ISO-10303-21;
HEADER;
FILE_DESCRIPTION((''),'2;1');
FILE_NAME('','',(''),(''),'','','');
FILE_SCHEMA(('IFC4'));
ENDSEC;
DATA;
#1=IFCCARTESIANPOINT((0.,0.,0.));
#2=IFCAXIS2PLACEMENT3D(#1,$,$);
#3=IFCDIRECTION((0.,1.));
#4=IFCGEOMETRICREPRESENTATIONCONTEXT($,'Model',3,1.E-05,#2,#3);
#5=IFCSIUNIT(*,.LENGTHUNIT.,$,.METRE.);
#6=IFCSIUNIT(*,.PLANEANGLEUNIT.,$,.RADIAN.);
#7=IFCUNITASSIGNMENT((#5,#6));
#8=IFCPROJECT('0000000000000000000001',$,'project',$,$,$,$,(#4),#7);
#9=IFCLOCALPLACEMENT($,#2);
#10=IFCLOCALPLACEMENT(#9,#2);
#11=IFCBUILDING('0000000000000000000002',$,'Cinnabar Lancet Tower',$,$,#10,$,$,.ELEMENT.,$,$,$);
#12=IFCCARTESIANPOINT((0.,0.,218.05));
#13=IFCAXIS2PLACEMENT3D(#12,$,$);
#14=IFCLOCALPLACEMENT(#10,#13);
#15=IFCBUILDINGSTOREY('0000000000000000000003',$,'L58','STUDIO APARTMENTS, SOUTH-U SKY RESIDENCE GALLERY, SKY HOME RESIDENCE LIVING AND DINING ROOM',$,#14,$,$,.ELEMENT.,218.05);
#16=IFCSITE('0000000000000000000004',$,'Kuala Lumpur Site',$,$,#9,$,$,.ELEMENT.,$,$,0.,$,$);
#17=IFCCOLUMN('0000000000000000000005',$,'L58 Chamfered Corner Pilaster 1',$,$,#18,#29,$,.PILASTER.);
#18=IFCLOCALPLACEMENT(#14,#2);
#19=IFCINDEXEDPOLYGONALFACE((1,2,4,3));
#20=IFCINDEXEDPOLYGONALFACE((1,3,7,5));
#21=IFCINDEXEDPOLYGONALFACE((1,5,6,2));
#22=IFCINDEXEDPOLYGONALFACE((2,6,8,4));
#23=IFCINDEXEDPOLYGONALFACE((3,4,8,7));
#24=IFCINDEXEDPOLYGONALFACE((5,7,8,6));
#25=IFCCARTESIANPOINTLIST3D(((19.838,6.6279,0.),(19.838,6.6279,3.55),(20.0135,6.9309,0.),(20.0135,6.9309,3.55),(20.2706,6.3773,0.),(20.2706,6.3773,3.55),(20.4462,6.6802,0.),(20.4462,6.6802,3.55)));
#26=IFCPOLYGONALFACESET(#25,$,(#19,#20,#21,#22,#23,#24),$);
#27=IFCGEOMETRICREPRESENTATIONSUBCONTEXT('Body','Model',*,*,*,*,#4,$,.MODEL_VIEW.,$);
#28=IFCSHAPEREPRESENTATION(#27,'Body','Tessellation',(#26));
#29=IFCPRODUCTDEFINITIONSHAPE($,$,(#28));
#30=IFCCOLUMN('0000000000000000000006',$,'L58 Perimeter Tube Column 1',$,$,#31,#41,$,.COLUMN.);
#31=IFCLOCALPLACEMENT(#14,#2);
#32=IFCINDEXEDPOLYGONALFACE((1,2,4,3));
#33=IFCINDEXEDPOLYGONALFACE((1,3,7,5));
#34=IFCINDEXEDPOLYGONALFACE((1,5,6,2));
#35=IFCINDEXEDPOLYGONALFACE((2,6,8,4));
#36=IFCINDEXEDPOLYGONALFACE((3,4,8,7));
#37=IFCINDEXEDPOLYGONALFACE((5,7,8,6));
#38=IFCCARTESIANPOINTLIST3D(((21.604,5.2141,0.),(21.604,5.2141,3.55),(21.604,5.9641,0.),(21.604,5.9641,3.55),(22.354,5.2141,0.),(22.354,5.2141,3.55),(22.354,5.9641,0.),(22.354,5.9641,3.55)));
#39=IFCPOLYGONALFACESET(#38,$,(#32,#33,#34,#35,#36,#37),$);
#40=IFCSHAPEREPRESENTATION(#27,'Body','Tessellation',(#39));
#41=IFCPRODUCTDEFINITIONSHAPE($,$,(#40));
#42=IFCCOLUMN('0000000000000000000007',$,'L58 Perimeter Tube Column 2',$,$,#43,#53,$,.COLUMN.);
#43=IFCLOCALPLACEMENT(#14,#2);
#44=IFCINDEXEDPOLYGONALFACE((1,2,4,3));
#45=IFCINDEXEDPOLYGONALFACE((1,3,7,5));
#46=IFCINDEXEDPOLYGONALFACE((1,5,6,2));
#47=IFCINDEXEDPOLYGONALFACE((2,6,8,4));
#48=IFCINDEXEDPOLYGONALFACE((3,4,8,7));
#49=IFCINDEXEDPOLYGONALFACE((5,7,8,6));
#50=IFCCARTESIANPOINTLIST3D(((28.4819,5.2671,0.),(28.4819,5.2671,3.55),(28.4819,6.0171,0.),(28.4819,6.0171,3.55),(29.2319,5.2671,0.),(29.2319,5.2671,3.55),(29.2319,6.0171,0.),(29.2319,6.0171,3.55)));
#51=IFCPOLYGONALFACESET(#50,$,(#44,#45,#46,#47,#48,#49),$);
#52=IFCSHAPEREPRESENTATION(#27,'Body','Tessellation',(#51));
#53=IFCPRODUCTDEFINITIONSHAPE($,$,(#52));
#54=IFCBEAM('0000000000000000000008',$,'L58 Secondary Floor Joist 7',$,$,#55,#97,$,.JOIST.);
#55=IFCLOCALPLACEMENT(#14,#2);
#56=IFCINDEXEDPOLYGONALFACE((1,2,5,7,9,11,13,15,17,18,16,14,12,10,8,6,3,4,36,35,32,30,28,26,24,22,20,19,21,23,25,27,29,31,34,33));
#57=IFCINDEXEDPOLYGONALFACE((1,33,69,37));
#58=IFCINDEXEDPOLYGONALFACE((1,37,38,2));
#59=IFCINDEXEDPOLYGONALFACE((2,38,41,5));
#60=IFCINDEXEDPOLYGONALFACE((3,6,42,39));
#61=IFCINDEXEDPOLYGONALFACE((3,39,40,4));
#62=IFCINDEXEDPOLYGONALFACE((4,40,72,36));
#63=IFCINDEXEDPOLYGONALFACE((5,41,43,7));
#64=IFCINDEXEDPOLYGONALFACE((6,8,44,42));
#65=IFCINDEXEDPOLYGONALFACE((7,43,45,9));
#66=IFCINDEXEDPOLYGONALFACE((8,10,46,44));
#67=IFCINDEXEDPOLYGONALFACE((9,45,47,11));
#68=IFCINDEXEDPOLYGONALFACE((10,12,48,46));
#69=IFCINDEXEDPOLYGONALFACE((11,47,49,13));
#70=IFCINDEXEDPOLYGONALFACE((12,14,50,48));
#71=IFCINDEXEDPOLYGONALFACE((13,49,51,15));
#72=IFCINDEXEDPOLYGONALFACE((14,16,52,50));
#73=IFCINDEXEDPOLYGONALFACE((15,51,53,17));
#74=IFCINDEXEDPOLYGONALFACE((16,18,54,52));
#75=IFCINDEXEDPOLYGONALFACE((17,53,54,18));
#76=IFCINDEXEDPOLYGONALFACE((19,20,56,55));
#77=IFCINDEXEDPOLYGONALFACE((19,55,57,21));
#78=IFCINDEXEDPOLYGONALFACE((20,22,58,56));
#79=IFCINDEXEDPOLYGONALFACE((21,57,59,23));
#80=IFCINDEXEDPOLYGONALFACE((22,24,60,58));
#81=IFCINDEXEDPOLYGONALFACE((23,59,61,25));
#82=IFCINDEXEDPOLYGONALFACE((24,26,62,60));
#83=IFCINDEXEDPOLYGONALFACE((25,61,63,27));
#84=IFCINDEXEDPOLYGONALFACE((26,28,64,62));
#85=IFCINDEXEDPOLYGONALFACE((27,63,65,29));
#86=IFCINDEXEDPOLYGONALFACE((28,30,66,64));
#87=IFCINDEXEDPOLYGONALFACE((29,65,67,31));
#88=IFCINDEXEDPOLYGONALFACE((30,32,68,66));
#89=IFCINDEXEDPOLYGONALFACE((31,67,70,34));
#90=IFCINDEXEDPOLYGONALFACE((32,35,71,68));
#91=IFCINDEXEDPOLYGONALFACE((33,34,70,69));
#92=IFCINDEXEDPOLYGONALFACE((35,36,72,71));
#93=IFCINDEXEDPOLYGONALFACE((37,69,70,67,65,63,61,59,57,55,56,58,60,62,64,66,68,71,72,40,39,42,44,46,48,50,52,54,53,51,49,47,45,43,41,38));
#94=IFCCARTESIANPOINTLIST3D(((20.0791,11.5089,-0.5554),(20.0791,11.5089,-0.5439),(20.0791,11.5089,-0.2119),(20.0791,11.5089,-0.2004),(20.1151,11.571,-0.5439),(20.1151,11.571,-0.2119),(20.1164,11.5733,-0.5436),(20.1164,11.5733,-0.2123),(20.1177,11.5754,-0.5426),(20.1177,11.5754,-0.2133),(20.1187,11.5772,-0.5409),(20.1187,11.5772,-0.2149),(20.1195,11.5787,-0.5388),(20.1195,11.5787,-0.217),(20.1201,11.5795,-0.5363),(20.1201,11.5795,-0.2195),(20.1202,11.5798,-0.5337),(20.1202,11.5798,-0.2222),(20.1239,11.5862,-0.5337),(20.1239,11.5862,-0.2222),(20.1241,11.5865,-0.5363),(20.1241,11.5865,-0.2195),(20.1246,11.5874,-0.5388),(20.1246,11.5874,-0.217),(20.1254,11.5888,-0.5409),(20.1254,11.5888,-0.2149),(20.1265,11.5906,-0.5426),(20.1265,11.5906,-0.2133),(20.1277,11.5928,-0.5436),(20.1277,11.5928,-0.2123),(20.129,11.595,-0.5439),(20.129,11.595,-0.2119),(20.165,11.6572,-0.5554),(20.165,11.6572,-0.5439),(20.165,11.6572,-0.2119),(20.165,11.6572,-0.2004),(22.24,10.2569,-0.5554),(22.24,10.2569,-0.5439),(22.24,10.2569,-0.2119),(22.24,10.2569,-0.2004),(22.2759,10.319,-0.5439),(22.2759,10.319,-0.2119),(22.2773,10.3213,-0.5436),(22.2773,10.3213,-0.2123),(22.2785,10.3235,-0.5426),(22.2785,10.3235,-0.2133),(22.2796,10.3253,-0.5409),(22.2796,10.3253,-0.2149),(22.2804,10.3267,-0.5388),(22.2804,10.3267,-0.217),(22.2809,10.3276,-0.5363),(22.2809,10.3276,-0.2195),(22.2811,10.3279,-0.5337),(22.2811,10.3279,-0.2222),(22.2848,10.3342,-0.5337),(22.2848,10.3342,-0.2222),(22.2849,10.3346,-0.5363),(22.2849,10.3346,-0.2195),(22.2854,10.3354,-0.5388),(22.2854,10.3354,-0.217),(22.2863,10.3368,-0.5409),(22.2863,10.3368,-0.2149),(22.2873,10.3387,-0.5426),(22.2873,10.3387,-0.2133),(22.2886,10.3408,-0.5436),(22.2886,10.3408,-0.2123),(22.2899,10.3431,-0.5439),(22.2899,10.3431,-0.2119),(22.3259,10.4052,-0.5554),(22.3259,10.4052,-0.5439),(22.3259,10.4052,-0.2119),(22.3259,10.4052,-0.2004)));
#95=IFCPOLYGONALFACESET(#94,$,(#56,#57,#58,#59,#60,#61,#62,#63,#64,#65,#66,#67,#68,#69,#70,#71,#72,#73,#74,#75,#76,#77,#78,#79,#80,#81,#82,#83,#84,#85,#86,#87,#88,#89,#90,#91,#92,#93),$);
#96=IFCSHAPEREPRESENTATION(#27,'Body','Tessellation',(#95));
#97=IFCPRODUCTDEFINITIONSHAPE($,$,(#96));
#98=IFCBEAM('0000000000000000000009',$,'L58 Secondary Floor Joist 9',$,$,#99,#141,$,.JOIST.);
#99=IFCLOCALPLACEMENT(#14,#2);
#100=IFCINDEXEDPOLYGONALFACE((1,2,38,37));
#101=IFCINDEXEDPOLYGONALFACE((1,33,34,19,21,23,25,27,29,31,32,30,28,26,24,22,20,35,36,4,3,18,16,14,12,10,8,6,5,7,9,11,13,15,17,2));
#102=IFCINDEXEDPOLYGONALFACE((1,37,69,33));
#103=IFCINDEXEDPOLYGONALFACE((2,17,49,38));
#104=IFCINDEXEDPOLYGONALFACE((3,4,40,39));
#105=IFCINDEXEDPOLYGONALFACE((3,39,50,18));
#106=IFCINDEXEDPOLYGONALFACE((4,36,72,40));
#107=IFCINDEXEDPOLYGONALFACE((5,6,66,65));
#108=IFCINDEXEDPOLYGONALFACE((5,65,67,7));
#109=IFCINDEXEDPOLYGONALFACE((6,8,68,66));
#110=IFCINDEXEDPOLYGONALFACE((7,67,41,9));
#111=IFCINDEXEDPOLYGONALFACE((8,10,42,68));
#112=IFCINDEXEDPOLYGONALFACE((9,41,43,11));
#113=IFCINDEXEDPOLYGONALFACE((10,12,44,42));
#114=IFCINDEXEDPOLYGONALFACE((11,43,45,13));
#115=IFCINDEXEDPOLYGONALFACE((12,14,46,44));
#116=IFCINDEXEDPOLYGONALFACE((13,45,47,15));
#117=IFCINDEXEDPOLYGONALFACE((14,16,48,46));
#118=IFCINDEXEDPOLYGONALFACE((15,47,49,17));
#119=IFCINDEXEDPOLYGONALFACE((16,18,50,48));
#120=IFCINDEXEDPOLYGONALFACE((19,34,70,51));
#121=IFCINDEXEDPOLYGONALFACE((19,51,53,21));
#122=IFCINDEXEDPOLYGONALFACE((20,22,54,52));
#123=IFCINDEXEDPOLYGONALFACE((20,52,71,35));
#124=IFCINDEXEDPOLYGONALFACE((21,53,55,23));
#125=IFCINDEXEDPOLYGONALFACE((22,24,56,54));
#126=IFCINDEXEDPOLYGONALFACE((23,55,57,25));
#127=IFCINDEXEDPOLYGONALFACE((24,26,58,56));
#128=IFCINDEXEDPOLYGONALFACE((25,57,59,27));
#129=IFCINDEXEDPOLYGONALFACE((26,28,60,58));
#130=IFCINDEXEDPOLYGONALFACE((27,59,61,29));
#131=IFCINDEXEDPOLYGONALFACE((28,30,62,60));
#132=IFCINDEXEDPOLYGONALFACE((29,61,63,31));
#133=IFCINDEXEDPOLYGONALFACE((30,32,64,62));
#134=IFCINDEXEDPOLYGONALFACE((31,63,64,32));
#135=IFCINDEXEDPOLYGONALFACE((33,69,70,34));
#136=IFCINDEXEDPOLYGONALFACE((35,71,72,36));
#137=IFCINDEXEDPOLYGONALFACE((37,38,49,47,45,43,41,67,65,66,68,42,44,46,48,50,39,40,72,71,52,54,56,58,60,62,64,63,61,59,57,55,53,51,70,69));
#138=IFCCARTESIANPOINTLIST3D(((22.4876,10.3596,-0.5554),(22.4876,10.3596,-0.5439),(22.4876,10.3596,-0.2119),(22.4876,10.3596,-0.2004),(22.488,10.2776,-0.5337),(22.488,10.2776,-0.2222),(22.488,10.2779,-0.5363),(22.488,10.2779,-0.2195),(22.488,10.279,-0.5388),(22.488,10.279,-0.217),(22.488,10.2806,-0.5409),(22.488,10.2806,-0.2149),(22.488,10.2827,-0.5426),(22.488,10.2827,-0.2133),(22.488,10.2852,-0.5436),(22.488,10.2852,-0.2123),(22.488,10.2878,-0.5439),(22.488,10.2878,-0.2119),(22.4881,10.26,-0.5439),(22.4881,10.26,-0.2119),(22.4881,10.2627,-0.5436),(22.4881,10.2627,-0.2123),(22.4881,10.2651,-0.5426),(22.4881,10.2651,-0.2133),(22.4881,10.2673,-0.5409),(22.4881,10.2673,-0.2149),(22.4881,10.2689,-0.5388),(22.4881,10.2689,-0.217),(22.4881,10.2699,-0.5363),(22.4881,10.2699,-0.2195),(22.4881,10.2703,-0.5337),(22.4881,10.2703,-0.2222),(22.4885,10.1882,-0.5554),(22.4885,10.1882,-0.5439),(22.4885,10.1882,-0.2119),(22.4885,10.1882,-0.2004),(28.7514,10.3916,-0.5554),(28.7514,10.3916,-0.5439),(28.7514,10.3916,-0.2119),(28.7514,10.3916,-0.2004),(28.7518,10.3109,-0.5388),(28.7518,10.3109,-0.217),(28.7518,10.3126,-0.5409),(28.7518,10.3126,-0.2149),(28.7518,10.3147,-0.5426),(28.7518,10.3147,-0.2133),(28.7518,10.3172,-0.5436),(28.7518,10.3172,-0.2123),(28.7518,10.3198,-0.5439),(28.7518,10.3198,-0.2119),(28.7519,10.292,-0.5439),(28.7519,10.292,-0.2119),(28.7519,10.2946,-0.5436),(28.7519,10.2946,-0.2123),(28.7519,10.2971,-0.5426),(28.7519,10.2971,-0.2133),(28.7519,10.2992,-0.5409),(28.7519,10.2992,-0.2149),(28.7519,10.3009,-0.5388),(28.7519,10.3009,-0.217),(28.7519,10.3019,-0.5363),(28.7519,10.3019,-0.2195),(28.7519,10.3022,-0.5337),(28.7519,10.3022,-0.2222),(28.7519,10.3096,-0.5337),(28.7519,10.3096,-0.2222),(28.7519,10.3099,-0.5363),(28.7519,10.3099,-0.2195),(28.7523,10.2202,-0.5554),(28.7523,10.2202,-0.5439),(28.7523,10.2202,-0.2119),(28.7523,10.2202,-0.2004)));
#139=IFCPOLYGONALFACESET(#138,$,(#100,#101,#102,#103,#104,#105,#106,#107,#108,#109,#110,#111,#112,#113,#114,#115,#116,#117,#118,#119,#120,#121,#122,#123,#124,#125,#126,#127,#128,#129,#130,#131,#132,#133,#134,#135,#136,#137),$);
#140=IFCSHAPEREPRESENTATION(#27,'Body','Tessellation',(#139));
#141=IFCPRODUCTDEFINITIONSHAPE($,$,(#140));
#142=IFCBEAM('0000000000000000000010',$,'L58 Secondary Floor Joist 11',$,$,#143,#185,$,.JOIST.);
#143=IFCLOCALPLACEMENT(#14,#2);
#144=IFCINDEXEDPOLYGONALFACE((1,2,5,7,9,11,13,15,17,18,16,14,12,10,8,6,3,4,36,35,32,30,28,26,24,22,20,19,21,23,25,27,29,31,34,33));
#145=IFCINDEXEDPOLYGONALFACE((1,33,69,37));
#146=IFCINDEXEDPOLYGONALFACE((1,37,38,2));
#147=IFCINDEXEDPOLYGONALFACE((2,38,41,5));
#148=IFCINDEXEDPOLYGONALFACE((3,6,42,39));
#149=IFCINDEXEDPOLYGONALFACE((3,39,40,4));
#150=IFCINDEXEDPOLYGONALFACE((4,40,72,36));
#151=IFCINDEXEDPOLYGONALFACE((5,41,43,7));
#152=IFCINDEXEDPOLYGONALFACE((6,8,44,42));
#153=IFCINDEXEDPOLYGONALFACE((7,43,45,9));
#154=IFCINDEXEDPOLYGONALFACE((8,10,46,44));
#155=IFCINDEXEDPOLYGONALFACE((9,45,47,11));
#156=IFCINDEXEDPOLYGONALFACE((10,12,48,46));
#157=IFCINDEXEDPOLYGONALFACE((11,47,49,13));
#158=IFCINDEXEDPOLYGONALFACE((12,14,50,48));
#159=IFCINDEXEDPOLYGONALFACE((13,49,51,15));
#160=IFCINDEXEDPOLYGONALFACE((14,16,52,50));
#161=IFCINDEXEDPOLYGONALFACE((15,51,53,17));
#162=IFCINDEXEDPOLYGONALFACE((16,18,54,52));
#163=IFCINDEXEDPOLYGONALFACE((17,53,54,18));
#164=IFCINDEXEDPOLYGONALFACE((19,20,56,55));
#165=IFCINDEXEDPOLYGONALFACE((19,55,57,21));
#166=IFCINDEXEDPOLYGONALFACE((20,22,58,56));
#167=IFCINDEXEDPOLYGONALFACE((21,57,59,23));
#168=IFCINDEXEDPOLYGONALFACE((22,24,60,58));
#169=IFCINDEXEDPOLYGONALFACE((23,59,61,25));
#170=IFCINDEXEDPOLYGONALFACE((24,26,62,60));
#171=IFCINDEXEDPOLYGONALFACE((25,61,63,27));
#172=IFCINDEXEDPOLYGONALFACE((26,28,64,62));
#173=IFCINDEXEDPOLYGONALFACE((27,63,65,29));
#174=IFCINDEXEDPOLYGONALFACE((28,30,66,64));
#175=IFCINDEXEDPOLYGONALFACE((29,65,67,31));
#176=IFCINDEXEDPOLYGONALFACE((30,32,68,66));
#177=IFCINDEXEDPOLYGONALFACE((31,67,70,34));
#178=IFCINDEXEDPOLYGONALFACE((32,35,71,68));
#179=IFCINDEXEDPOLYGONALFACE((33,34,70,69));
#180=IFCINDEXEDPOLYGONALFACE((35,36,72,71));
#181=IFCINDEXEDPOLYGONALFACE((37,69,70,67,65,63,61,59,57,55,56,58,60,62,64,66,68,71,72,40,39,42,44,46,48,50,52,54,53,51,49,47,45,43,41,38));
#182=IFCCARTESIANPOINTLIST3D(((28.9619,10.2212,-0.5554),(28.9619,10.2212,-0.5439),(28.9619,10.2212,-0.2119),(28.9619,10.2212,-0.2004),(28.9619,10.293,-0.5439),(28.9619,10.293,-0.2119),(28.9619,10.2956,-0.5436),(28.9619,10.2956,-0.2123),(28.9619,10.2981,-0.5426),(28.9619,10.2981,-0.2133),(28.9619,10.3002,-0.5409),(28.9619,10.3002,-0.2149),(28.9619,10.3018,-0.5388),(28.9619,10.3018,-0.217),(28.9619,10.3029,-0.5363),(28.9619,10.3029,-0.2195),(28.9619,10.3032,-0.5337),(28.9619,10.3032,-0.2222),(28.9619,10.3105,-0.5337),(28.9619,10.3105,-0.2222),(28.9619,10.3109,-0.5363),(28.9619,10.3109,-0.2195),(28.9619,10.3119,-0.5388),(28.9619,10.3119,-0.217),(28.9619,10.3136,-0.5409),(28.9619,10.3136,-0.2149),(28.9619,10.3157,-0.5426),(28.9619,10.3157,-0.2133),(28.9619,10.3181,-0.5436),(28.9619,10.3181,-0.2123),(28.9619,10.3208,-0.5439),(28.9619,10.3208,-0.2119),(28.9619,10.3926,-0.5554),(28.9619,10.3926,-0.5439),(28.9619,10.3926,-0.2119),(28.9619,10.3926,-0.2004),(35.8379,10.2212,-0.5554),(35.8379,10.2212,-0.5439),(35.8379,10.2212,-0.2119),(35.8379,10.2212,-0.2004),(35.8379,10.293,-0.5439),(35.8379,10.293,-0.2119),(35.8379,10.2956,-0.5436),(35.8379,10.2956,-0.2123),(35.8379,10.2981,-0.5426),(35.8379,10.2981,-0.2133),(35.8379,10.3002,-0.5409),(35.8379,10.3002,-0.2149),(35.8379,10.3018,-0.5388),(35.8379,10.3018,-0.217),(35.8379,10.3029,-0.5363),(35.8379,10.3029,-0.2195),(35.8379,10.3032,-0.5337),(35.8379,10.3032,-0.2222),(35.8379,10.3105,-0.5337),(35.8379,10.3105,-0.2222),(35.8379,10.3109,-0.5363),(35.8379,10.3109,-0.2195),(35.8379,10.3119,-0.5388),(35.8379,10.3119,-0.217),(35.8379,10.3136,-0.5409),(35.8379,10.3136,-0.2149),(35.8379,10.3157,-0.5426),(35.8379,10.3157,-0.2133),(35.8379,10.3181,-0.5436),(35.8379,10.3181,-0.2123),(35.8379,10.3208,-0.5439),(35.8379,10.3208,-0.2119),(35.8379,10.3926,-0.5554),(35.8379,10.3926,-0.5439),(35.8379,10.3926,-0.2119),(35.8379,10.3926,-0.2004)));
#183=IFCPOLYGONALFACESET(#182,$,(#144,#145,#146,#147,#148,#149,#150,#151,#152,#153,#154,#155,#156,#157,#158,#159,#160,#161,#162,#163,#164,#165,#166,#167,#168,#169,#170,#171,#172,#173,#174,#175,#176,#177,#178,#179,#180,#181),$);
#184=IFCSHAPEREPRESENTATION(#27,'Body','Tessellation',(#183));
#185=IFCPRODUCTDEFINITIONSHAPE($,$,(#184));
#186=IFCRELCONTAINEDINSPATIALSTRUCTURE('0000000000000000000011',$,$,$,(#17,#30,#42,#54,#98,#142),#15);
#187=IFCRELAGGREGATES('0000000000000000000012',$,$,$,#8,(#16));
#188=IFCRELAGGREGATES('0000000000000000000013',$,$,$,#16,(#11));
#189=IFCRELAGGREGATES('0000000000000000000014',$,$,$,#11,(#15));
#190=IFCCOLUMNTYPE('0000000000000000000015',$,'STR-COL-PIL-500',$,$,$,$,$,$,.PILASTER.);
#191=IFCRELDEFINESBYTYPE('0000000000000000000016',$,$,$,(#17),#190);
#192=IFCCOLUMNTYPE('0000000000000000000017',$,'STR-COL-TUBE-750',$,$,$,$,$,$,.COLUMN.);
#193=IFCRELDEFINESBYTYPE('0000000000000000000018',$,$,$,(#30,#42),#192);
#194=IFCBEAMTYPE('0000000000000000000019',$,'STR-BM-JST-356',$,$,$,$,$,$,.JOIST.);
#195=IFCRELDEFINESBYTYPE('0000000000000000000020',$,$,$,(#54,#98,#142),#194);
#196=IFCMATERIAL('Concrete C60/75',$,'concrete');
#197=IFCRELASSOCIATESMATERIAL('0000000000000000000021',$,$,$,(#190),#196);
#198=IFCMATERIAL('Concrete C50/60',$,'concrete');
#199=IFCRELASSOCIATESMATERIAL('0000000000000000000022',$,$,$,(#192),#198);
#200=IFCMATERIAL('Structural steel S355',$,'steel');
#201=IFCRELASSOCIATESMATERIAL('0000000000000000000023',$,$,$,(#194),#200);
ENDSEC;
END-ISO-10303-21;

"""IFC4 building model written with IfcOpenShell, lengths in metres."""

from ifc_helpers import new_model, si_unit, direction, frame, origin, origin_2d, place, context, subcontext, project, spatial, rectangle, i_section, extrude, material, material_profile, profile_set, type_object, element, save


model = new_model("IFC4")

# Units and contexts
model_context = context("Model", 3, precision=1e-05, world=origin(), true_north=direction((0.0, 1.0)))
body_context = subcontext(model_context, "Body", "Model", "MODEL_VIEW")
ifc_project = project(units=[si_unit("LENGTHUNIT", "METRE"), si_unit("PLANEANGLEUNIT", "RADIAN")], contexts=[model_context])

# Site, building, storey
site_placement = place(None, origin())
site = spatial("IfcSite", under=ifc_project, at=site_placement, Name="Kuala Lumpur Site", CompositionType="ELEMENT", RefElevation=0.0)
building_placement = place(site_placement, origin())
building = spatial("IfcBuilding", under=site, at=building_placement, Name="Cinnabar Lancet Tower", CompositionType="ELEMENT")
storey_placement = place(building_placement, frame((0.0, 0.0, 218.05)))
storey = spatial("IfcBuildingStorey", under=building, at=storey_placement, Name="L58", Description="STUDIO APARTMENTS, SOUTH-U SKY RESIDENCE GALLERY, SKY HOME RESIDENCE LIVING AND DINING ROOM", CompositionType="ELEMENT", Elevation=218.05)

# Columns
ifc_material_1 = material(Name="Concrete C60/75", Category="concrete")
ifc_material_profile_1 = material_profile(ifc_material_1, rectangle(XDim=0.5, YDim=0.3501, at=origin_2d()), Name="RC-PIL 500x350")
ifc_profile_set_1 = profile_set([ifc_material_profile_1], Name="Concrete C60/75")
column_type_1 = type_object("IfcColumnType", Name="STR-COL-PIL-500", PredefinedType="PILASTER", material=ifc_profile_set_1)
column_placement = place(storey_placement, frame((20.1421, 6.6541, 0.0), z_axis=(0.0, 0.0, 1.0), x_axis=(0.86523, -0.501375, 0.0)))
element("IfcColumn", 1, at=column_placement, inside=storey, type_object=column_type_1, Name="L58 Chamfered Corner Pilaster 1", PredefinedType="PILASTER", context=body_context, shape_type="SweptSolid", body=[
    extrude(rectangle(XDim=0.5, YDim=0.3501, at=origin_2d()), origin(), (0.0, 0.0, 1.0), 3.55),
])
ifc_material_2 = material(Name="Concrete C50/60", Category="concrete")
ifc_material_profile_2 = material_profile(ifc_material_2, rectangle(XDim=0.75, YDim=0.75, at=origin_2d()), Name="RC-COL 750x750")
ifc_profile_set_2 = profile_set([ifc_material_profile_2], Name="Concrete C50/60")
column_type_2 = type_object("IfcColumnType", Name="STR-COL-TUBE-750", PredefinedType="COLUMN", material=ifc_profile_set_2)
for number, where, z_axis, x_axis, name in (
    (2, (21.979, 5.5891, 0.0), (0.0, 0.0, 1.0), (1.0, 0.0, 0.0), "L58 Perimeter Tube Column 1"),
    (3, (28.8569, 5.6421, 0.0), (0.0, 0.0, 1.0), (1.0, 0.0, 0.0), "L58 Perimeter Tube Column 2"),
):
    element("IfcColumn", number, at=place(storey_placement, frame(where, z_axis=z_axis, x_axis=x_axis)), inside=storey, type_object=column_type_2, Name=name, PredefinedType="COLUMN", context=body_context, shape_type="SweptSolid", body=[
        extrude(rectangle(XDim=0.75, YDim=0.75, at=origin_2d()), origin(), (0.0, 0.0, 1.0), 3.55),
    ])

# Beams
ifc_material_3 = material(Name="Structural steel S355", Category="steel")
ifc_material_profile_3 = material_profile(ifc_material_3, i_section(OverallWidth=0.1714, OverallDepth=0.355, WebThickness=0.0073, FlangeThickness=0.0115, FilletRadius=0.0103, at=origin_2d()), Name="UKB 356x171x51")
ifc_profile_set_3 = profile_set([ifc_material_profile_3], Name="Structural steel S355")
beam_type_1 = type_object("IfcBeamType", Name="STR-BM-JST-356", PredefinedType="JOIST", material=ifc_profile_set_3)
beam_1_placement = place(storey_placement, frame((20.1221, 11.583, -0.3779), z_axis=(0.865268, -0.50131, 0.0), x_axis=(0.50131, 0.865268, 0.0)))
element("IfcBeam", 4, at=beam_1_placement, inside=storey, type_object=beam_type_1, Name="L58 Secondary Floor Joist 7", PredefinedType="JOIST", context=body_context, shape_type="SweptSolid", body=[
    extrude(i_section(OverallWidth=0.1714, OverallDepth=0.355, WebThickness=0.0073, FlangeThickness=0.0115, FilletRadius=0.0103, at=origin_2d()), origin(), (0.0, 0.0, 1.0), 2.4973),
])
beam_2_placement = place(storey_placement, frame((22.488, 10.2739, -0.3779), z_axis=(0.999987, 0.005106, 0.0), x_axis=(-0.005106, 0.999987, 0.0)))
element("IfcBeam", 5, at=beam_2_placement, inside=storey, type_object=beam_type_1, Name="L58 Secondary Floor Joist 9", PredefinedType="JOIST", context=body_context, shape_type="SweptSolid", body=[
    extrude(i_section(OverallWidth=0.1714, OverallDepth=0.355, WebThickness=0.0073, FlangeThickness=0.0115, FilletRadius=0.0103, at=origin_2d()), origin(), (0.0, 0.0, 1.0), 6.2639),
])
beam_3_placement = place(storey_placement, frame((28.9619, 10.3069, -0.3779), z_axis=(1.0, 0.0, 0.0), x_axis=(0.0, 1.0, 0.0)))
element("IfcBeam", 6, at=beam_3_placement, inside=storey, type_object=beam_type_1, Name="L58 Secondary Floor Joist 11", PredefinedType="JOIST", context=body_context, shape_type="SweptSolid", body=[
    extrude(i_section(OverallWidth=0.1714, OverallDepth=0.355, WebThickness=0.0073, FlangeThickness=0.0115, FilletRadius=0.0103, at=origin_2d()), origin(), (0.0, 0.0, 1.0), 6.876),
])

save(model, "model.ifc")
